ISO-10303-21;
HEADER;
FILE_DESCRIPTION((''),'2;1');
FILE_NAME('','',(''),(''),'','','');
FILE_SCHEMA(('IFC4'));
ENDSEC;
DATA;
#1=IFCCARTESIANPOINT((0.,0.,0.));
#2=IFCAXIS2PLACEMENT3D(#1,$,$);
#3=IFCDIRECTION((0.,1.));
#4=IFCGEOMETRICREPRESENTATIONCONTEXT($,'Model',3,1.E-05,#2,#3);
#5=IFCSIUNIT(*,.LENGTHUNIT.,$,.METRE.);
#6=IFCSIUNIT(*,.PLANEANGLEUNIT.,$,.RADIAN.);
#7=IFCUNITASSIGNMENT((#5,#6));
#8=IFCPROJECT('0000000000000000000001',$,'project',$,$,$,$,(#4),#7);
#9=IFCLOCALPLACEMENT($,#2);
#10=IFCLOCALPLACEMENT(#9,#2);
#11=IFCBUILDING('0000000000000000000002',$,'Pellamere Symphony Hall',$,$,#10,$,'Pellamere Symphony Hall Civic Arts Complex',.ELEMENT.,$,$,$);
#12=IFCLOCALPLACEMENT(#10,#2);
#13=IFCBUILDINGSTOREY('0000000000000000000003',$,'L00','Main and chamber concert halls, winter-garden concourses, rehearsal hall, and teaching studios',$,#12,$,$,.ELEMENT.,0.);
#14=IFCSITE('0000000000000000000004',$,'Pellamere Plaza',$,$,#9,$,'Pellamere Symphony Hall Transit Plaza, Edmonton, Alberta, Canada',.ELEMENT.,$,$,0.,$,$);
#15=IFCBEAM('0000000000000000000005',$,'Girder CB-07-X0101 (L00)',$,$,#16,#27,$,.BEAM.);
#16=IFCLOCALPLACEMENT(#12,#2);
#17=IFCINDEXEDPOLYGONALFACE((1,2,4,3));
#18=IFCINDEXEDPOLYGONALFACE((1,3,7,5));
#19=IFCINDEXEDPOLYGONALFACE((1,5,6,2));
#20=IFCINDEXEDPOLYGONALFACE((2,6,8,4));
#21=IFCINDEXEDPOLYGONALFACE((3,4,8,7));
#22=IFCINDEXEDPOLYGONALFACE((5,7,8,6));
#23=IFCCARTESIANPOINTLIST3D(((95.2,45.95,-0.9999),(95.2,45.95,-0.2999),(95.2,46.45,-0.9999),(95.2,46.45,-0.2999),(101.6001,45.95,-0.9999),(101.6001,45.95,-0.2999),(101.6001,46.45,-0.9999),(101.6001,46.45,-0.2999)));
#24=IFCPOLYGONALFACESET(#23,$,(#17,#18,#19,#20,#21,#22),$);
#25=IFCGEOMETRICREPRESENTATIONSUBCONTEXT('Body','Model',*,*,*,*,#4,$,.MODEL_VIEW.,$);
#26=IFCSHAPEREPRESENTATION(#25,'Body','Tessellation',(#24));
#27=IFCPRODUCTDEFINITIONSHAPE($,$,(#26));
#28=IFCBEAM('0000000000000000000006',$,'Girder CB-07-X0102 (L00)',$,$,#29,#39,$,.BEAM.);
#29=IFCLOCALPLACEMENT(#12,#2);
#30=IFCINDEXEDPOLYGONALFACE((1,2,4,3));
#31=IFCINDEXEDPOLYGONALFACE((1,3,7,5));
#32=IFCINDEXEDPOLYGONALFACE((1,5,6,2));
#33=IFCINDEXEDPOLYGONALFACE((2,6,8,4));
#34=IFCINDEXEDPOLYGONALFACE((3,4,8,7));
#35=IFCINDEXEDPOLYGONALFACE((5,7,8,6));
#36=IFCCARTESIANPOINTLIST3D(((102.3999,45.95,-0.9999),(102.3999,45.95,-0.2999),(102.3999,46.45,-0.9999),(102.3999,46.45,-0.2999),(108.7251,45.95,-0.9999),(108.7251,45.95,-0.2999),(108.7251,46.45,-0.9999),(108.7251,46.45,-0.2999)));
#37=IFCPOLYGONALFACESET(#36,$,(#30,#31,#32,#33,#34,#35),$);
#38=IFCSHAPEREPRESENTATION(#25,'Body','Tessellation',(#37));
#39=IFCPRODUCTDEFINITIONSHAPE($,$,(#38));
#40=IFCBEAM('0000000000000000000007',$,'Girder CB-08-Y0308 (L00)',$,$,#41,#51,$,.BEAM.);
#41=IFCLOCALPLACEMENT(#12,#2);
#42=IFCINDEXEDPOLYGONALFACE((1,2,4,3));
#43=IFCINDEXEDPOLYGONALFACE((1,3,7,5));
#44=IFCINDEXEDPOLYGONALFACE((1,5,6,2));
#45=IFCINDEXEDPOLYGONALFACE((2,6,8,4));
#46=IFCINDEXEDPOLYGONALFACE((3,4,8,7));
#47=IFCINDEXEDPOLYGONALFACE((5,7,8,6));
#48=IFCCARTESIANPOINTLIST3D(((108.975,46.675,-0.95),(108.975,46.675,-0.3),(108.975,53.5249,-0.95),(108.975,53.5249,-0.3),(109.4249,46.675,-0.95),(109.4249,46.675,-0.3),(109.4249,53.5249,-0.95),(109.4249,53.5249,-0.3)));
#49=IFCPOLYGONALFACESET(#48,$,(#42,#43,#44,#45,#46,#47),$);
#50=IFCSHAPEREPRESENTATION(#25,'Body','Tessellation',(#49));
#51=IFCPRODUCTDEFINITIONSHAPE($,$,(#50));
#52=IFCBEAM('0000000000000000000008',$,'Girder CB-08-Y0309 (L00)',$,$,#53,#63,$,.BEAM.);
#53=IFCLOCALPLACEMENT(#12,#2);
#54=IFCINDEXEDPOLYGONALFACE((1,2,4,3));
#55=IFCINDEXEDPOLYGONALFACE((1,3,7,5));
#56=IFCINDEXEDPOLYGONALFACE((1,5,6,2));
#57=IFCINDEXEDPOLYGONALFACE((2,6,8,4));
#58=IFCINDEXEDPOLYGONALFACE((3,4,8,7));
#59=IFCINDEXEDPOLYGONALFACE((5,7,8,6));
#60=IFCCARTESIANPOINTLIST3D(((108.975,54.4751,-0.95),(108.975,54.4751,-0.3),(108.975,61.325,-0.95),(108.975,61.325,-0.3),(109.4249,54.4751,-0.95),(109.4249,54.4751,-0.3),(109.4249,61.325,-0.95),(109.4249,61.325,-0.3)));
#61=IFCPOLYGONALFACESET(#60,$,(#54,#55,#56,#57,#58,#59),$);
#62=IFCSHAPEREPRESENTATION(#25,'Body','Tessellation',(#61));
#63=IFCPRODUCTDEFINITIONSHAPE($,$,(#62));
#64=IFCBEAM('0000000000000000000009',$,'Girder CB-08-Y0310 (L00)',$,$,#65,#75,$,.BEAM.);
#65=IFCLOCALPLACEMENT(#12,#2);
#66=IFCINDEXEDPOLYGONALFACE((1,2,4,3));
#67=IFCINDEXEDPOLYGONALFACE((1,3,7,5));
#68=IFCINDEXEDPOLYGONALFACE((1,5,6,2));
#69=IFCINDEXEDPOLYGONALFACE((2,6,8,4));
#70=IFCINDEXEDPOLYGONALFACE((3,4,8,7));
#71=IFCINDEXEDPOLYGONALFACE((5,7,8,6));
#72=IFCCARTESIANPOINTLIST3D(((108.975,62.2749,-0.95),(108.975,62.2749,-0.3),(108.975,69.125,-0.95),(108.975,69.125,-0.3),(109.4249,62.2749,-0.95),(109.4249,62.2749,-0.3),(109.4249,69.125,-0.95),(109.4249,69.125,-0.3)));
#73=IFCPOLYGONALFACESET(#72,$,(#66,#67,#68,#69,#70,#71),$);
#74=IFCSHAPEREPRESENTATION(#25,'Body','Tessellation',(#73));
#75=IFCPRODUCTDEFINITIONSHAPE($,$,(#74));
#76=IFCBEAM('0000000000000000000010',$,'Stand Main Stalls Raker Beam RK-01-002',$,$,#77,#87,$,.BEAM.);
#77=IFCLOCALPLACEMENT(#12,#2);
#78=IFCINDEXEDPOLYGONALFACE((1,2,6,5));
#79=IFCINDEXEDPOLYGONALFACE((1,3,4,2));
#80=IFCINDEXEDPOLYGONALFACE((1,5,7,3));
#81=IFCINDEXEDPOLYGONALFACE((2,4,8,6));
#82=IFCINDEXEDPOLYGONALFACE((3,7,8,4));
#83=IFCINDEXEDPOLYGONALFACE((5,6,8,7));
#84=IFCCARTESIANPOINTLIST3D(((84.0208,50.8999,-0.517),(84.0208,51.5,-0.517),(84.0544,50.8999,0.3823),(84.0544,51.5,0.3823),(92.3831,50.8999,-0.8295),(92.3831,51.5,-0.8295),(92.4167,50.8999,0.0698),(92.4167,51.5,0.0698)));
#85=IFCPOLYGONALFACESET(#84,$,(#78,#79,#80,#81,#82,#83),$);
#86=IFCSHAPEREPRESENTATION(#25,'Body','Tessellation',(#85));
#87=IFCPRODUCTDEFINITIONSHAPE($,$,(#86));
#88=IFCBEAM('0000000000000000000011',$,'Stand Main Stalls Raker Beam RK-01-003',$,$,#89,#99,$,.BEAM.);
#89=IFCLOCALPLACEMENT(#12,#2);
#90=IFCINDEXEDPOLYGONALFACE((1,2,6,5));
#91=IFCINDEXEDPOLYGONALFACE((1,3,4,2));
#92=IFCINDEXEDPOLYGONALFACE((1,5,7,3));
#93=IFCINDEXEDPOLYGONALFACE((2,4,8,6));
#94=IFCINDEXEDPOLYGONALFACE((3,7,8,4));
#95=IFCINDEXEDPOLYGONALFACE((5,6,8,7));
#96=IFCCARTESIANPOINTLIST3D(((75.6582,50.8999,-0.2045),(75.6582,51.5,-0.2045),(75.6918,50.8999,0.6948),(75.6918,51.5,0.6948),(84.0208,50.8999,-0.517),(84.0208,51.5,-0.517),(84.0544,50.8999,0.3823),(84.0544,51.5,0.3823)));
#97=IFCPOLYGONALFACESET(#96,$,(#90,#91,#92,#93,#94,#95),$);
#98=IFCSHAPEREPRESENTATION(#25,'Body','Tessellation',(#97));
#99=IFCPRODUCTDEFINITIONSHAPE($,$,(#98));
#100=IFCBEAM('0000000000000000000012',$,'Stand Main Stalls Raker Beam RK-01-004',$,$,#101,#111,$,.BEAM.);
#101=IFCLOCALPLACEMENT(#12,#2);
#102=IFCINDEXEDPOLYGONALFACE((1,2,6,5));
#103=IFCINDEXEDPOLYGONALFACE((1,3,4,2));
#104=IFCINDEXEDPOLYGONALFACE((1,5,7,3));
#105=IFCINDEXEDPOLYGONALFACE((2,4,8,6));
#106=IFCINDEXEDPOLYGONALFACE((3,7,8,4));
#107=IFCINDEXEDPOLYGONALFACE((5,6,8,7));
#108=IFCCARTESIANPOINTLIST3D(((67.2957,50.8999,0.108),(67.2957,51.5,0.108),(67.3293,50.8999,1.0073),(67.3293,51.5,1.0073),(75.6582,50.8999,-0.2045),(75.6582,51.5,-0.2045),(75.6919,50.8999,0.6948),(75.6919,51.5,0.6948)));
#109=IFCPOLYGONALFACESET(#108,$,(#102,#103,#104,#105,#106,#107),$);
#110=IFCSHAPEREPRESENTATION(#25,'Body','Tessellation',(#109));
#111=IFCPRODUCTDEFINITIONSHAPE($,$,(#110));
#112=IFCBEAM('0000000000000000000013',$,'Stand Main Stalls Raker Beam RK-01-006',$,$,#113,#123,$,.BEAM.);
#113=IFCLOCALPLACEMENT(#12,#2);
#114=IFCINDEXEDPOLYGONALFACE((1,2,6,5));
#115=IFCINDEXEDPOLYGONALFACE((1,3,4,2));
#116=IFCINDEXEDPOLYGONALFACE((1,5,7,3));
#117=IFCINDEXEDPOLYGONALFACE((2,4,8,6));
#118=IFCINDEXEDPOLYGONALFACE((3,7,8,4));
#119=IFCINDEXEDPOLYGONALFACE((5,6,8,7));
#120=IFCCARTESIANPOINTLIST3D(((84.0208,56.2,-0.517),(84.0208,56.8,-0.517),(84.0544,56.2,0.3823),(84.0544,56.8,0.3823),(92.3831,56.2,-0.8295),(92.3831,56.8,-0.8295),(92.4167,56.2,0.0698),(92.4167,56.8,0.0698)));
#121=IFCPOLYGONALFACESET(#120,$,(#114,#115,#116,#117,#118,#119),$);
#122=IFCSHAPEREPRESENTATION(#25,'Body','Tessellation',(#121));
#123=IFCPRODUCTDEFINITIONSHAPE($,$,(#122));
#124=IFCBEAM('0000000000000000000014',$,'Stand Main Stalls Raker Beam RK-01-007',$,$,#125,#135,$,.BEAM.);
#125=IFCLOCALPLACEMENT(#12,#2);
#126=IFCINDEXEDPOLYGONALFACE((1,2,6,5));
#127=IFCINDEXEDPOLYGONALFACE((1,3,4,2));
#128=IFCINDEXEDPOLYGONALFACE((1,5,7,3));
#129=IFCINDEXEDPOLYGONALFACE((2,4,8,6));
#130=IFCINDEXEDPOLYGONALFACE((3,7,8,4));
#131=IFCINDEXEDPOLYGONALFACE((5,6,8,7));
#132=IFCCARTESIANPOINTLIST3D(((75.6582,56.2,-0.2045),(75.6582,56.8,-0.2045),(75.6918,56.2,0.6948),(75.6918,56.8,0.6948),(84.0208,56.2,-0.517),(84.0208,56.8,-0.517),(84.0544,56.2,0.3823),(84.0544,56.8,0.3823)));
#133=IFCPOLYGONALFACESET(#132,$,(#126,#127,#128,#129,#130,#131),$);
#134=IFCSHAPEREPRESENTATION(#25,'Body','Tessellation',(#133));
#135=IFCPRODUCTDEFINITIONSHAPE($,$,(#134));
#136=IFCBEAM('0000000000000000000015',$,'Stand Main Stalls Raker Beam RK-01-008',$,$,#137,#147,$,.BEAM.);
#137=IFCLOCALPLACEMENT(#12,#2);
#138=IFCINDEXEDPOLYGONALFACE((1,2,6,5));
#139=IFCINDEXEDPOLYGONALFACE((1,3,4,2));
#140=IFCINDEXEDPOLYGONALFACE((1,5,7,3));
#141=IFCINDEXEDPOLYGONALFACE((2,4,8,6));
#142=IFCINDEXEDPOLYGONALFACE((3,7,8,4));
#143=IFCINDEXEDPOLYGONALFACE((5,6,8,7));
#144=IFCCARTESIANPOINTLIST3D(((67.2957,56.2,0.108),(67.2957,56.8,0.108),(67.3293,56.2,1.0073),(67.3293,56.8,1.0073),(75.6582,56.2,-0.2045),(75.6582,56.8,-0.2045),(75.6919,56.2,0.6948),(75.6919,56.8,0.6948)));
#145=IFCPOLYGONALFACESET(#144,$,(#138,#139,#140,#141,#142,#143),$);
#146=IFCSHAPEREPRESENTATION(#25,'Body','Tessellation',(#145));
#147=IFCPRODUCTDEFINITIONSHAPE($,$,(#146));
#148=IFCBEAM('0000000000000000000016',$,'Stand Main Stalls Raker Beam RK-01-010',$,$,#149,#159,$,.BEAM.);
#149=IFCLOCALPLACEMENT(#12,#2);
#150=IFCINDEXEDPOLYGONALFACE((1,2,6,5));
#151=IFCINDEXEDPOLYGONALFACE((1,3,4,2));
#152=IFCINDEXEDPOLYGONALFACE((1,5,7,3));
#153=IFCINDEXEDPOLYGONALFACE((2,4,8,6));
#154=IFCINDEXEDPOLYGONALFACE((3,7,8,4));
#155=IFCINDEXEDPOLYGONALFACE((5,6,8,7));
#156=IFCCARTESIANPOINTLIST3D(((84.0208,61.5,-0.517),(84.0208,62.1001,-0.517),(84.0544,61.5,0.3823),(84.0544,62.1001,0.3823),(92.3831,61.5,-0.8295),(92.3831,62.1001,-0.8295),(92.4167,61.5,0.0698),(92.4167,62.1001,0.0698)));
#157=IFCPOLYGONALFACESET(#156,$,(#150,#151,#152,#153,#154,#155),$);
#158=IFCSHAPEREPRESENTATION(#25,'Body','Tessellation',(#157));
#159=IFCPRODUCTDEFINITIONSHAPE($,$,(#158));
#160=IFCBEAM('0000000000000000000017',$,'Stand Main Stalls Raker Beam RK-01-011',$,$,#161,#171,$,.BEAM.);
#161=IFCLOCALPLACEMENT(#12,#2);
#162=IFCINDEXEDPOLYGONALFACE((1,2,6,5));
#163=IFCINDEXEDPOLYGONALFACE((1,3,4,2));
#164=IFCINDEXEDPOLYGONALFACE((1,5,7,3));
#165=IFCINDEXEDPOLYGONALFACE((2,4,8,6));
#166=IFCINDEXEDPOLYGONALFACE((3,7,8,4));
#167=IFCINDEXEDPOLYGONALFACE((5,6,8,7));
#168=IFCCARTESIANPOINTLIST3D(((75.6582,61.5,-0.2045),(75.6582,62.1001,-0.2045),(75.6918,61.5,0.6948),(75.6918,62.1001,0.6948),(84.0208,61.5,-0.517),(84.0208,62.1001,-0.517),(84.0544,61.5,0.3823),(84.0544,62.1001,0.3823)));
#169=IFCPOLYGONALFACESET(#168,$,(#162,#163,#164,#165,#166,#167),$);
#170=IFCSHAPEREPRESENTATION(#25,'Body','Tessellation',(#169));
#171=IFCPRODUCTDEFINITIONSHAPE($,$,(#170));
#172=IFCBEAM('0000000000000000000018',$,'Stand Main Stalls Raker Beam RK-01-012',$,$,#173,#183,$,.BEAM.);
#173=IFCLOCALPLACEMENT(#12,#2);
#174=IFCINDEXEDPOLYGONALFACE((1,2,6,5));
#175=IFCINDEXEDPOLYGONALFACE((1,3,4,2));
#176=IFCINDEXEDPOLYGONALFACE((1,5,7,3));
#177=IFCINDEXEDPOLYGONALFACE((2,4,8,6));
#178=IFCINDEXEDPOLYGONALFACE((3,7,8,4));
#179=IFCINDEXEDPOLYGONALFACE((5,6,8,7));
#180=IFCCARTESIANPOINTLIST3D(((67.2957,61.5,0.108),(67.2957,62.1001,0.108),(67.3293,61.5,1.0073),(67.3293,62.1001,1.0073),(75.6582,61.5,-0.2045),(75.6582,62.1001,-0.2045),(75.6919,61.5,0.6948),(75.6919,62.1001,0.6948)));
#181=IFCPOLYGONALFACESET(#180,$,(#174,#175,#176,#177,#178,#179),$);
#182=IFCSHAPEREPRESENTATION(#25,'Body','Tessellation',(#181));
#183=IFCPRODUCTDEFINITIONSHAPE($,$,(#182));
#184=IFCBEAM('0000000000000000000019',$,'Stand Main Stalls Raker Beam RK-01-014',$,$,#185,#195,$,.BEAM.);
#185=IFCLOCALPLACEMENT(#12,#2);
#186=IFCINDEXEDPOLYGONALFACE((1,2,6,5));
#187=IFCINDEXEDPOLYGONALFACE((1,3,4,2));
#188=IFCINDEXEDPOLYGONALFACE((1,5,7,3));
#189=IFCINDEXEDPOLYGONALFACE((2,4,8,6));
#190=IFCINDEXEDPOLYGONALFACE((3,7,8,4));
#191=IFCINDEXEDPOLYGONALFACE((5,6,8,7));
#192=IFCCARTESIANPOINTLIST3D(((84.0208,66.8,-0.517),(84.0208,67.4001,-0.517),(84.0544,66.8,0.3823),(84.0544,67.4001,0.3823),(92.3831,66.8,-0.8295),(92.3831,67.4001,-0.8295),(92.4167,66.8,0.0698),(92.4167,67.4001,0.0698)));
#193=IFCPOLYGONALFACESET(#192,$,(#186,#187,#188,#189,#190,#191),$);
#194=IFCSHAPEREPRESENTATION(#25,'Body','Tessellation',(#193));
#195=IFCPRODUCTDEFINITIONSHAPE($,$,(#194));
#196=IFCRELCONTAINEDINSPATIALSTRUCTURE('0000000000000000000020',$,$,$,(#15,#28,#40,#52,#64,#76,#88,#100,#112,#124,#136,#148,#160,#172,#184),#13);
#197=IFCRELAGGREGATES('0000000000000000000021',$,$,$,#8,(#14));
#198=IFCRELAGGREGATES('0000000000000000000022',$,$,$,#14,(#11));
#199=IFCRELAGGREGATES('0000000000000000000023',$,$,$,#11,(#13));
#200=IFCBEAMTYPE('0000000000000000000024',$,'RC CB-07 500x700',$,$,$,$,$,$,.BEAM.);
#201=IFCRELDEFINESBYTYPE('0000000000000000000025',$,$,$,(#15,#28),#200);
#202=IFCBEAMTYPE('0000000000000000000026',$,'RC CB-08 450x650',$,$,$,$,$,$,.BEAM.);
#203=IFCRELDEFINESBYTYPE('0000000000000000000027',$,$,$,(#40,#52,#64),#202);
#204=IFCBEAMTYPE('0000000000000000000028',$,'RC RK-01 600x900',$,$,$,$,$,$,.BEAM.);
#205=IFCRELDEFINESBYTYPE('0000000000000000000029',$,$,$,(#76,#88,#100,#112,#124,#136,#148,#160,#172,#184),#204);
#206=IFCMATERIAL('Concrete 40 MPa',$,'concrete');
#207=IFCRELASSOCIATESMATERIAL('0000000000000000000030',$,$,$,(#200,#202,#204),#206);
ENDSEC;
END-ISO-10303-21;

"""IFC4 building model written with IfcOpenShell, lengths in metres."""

from ifc_helpers import new_model, si_unit, direction, frame, origin, origin_2d, place, context, subcontext, project, spatial, rectangle, extrude, material, material_profile, profile_set, type_object, element, save


model = new_model("IFC4")

# Units and contexts
model_context = context("Model", 3, precision=1e-05, world=origin(), true_north=direction((0.0, 1.0)))
body_context = subcontext(model_context, "Body", "Model", "MODEL_VIEW")
ifc_project = project(units=[si_unit("LENGTHUNIT", "METRE"), si_unit("PLANEANGLEUNIT", "RADIAN")], contexts=[model_context])

# Site, building, storey
site_placement = place(None, origin())
site = spatial("IfcSite", under=ifc_project, at=site_placement, Name="Pellamere Plaza", LongName="Pellamere Symphony Hall Transit Plaza, Edmonton, Alberta, Canada", CompositionType="ELEMENT", RefElevation=0.0)
building_placement = place(site_placement, origin())
building = spatial("IfcBuilding", under=site, at=building_placement, Name="Pellamere Symphony Hall", LongName="Pellamere Symphony Hall Civic Arts Complex", CompositionType="ELEMENT")
storey_placement = place(building_placement, origin())
storey = spatial("IfcBuildingStorey", under=building, at=storey_placement, Name="L00", Description="Main and chamber concert halls, winter-garden concourses, rehearsal hall, and teaching studios", CompositionType="ELEMENT", Elevation=0.0)

# Shared definitions
ifc_material_1 = material(Name="Concrete 40 MPa", Category="concrete")

# Beams
ifc_material_profile_1 = material_profile(ifc_material_1, rectangle(XDim=0.5, YDim=0.7, at=origin_2d()), Name="RC 500x700")
ifc_profile_set_1 = profile_set([ifc_material_profile_1], Name="Concrete 40 MPa")
beam_type_1 = type_object("IfcBeamType", Name="RC CB-07 500x700", PredefinedType="BEAM", material=ifc_profile_set_1)
beam_1_placement = place(storey_placement, frame((95.2, 46.2, -0.6499), z_axis=(1.0, 0.0, 0.0), x_axis=(0.0, 1.0, 0.0)))
element("IfcBeam", 1, at=beam_1_placement, inside=storey, type_object=beam_type_1, Name="Girder CB-07-X0101 (L00)", PredefinedType="BEAM", context=body_context, shape_type="SweptSolid", body=[
    extrude(rectangle(XDim=0.5, YDim=0.7, at=origin_2d()), origin(), (0.0, 0.0, 1.0), 6.4001),
])
beam_2_placement = place(storey_placement, frame((102.3999, 46.2, -0.6499), z_axis=(1.0, 0.0, 0.0), x_axis=(0.0, 1.0, 0.0)))
element("IfcBeam", 2, at=beam_2_placement, inside=storey, type_object=beam_type_1, Name="Girder CB-07-X0102 (L00)", PredefinedType="BEAM", context=body_context, shape_type="SweptSolid", body=[
    extrude(rectangle(XDim=0.5, YDim=0.7, at=origin_2d()), origin(), (0.0, 0.0, 1.0), 6.3252),
])
ifc_material_profile_2 = material_profile(ifc_material_1, rectangle(XDim=0.45, YDim=0.6499, at=origin_2d()), Name="RC 450x650")
ifc_profile_set_2 = profile_set([ifc_material_profile_2], Name="Concrete 40 MPa")
beam_type_2 = type_object("IfcBeamType", Name="RC CB-08 450x650", PredefinedType="BEAM", material=ifc_profile_set_2)
for number, where, z_axis, x_axis, name in (
    (3, (109.2, 46.675, -0.625), (0.0, 1.0, 0.0), (-1.0, 0.0, 0.0), "Girder CB-08-Y0308 (L00)"),
    (4, (109.2, 54.4751, -0.625), (0.0, 1.0, 0.0), (-1.0, 0.0, 0.0), "Girder CB-08-Y0309 (L00)"),
):
    element("IfcBeam", number, at=place(storey_placement, frame(where, z_axis=z_axis, x_axis=x_axis)), inside=storey, type_object=beam_type_2, Name=name, PredefinedType="BEAM", context=body_context, shape_type="SweptSolid", body=[
        extrude(rectangle(XDim=0.45, YDim=0.6499, at=origin_2d()), origin(), (0.0, 0.0, 1.0), 6.8499),
    ])
beam_3_placement = place(storey_placement, frame((109.2, 62.2749, -0.625), z_axis=(0.0, 1.0, 0.0), x_axis=(-1.0, 0.0, 0.0)))
element("IfcBeam", 5, at=beam_3_placement, inside=storey, type_object=beam_type_2, Name="Girder CB-08-Y0310 (L00)", PredefinedType="BEAM", context=body_context, shape_type="SweptSolid", body=[
    extrude(rectangle(XDim=0.45, YDim=0.6499, at=origin_2d()), origin(), (0.0, 0.0, 1.0), 6.8501),
])
ifc_material_profile_3 = material_profile(ifc_material_1, rectangle(XDim=0.6001, YDim=0.8999, at=origin_2d()), Name="RC 600x900")
ifc_profile_set_3 = profile_set([ifc_material_profile_3], Name="Concrete 40 MPa")
beam_type_3 = type_object("IfcBeamType", Name="RC RK-01 600x900", PredefinedType="BEAM", material=ifc_profile_set_3)
beam_4_placement = place(storey_placement, frame((92.3999, 51.2, -0.3799), z_axis=(-0.999302, 0.0, 0.037344), x_axis=(0.0, -1.0, 0.0)))
element("IfcBeam", 6, at=beam_4_placement, inside=storey, type_object=beam_type_3, Name="Stand Main Stalls Raker Beam RK-01-002", PredefinedType="BEAM", context=body_context, shape_type="SweptSolid", body=[
    extrude(rectangle(XDim=0.6001, YDim=0.8999, at=origin_2d()), origin(), (0.0, 0.0, 1.0), 8.3682),
])
for number, where, z_axis, x_axis, name in (
    (7, (84.0376, 51.2, -0.0674), (-0.999303, 0.0, 0.037343), (0.0, -1.0, 0.0), "Stand Main Stalls Raker Beam RK-01-003"),
    (8, (75.675, 51.2, 0.2451), (-0.999303, 0.0, 0.037343), (0.0, -1.0, 0.0), "Stand Main Stalls Raker Beam RK-01-004"),
):
    element("IfcBeam", number, at=place(storey_placement, frame(where, z_axis=z_axis, x_axis=x_axis)), inside=storey, type_object=beam_type_3, Name=name, PredefinedType="BEAM", context=body_context, shape_type="SweptSolid", body=[
        extrude(rectangle(XDim=0.6001, YDim=0.8999, at=origin_2d()), origin(), (0.0, 0.0, 1.0), 8.3684),
    ])
beam_5_placement = place(storey_placement, frame((92.3999, 56.5, -0.3799), z_axis=(-0.999302, 0.0, 0.037344), x_axis=(0.0, -1.0, 0.0)))
element("IfcBeam", 9, at=beam_5_placement, inside=storey, type_object=beam_type_3, Name="Stand Main Stalls Raker Beam RK-01-006", PredefinedType="BEAM", context=body_context, shape_type="SweptSolid", body=[
    extrude(rectangle(XDim=0.6001, YDim=0.8999, at=origin_2d()), origin(), (0.0, 0.0, 1.0), 8.3682),
])
for number, where, z_axis, x_axis, name in (
    (10, (84.0376, 56.5, -0.0674), (-0.999303, 0.0, 0.037343), (0.0, -1.0, 0.0), "Stand Main Stalls Raker Beam RK-01-007"),
    (11, (75.675, 56.5, 0.2451), (-0.999303, 0.0, 0.037343), (0.0, -1.0, 0.0), "Stand Main Stalls Raker Beam RK-01-008"),
):
    element("IfcBeam", number, at=place(storey_placement, frame(where, z_axis=z_axis, x_axis=x_axis)), inside=storey, type_object=beam_type_3, Name=name, PredefinedType="BEAM", context=body_context, shape_type="SweptSolid", body=[
        extrude(rectangle(XDim=0.6001, YDim=0.8999, at=origin_2d()), origin(), (0.0, 0.0, 1.0), 8.3684),
    ])
beam_6_placement = place(storey_placement, frame((92.3999, 61.8, -0.3799), z_axis=(-0.999302, 0.0, 0.037344), x_axis=(0.0, -1.0, 0.0)))
element("IfcBeam", 12, at=beam_6_placement, inside=storey, type_object=beam_type_3, Name="Stand Main Stalls Raker Beam RK-01-010", PredefinedType="BEAM", context=body_context, shape_type="SweptSolid", body=[
    extrude(rectangle(XDim=0.6001, YDim=0.8999, at=origin_2d()), origin(), (0.0, 0.0, 1.0), 8.3682),
])
for number, where, z_axis, x_axis, name in (
    (13, (84.0376, 61.8, -0.0674), (-0.999303, 0.0, 0.037343), (0.0, -1.0, 0.0), "Stand Main Stalls Raker Beam RK-01-011"),
    (14, (75.675, 61.8, 0.2451), (-0.999303, 0.0, 0.037343), (0.0, -1.0, 0.0), "Stand Main Stalls Raker Beam RK-01-012"),
):
    element("IfcBeam", number, at=place(storey_placement, frame(where, z_axis=z_axis, x_axis=x_axis)), inside=storey, type_object=beam_type_3, Name=name, PredefinedType="BEAM", context=body_context, shape_type="SweptSolid", body=[
        extrude(rectangle(XDim=0.6001, YDim=0.8999, at=origin_2d()), origin(), (0.0, 0.0, 1.0), 8.3684),
    ])
beam_7_placement = place(storey_placement, frame((92.3999, 67.1001, -0.3799), z_axis=(-0.999302, 0.0, 0.037344), x_axis=(0.0, -1.0, 0.0)))
element("IfcBeam", 15, at=beam_7_placement, inside=storey, type_object=beam_type_3, Name="Stand Main Stalls Raker Beam RK-01-014", PredefinedType="BEAM", context=body_context, shape_type="SweptSolid", body=[
    extrude(rectangle(XDim=0.6001, YDim=0.8999, at=origin_2d()), origin(), (0.0, 0.0, 1.0), 8.3682),
])

save(model, "model.ifc")
